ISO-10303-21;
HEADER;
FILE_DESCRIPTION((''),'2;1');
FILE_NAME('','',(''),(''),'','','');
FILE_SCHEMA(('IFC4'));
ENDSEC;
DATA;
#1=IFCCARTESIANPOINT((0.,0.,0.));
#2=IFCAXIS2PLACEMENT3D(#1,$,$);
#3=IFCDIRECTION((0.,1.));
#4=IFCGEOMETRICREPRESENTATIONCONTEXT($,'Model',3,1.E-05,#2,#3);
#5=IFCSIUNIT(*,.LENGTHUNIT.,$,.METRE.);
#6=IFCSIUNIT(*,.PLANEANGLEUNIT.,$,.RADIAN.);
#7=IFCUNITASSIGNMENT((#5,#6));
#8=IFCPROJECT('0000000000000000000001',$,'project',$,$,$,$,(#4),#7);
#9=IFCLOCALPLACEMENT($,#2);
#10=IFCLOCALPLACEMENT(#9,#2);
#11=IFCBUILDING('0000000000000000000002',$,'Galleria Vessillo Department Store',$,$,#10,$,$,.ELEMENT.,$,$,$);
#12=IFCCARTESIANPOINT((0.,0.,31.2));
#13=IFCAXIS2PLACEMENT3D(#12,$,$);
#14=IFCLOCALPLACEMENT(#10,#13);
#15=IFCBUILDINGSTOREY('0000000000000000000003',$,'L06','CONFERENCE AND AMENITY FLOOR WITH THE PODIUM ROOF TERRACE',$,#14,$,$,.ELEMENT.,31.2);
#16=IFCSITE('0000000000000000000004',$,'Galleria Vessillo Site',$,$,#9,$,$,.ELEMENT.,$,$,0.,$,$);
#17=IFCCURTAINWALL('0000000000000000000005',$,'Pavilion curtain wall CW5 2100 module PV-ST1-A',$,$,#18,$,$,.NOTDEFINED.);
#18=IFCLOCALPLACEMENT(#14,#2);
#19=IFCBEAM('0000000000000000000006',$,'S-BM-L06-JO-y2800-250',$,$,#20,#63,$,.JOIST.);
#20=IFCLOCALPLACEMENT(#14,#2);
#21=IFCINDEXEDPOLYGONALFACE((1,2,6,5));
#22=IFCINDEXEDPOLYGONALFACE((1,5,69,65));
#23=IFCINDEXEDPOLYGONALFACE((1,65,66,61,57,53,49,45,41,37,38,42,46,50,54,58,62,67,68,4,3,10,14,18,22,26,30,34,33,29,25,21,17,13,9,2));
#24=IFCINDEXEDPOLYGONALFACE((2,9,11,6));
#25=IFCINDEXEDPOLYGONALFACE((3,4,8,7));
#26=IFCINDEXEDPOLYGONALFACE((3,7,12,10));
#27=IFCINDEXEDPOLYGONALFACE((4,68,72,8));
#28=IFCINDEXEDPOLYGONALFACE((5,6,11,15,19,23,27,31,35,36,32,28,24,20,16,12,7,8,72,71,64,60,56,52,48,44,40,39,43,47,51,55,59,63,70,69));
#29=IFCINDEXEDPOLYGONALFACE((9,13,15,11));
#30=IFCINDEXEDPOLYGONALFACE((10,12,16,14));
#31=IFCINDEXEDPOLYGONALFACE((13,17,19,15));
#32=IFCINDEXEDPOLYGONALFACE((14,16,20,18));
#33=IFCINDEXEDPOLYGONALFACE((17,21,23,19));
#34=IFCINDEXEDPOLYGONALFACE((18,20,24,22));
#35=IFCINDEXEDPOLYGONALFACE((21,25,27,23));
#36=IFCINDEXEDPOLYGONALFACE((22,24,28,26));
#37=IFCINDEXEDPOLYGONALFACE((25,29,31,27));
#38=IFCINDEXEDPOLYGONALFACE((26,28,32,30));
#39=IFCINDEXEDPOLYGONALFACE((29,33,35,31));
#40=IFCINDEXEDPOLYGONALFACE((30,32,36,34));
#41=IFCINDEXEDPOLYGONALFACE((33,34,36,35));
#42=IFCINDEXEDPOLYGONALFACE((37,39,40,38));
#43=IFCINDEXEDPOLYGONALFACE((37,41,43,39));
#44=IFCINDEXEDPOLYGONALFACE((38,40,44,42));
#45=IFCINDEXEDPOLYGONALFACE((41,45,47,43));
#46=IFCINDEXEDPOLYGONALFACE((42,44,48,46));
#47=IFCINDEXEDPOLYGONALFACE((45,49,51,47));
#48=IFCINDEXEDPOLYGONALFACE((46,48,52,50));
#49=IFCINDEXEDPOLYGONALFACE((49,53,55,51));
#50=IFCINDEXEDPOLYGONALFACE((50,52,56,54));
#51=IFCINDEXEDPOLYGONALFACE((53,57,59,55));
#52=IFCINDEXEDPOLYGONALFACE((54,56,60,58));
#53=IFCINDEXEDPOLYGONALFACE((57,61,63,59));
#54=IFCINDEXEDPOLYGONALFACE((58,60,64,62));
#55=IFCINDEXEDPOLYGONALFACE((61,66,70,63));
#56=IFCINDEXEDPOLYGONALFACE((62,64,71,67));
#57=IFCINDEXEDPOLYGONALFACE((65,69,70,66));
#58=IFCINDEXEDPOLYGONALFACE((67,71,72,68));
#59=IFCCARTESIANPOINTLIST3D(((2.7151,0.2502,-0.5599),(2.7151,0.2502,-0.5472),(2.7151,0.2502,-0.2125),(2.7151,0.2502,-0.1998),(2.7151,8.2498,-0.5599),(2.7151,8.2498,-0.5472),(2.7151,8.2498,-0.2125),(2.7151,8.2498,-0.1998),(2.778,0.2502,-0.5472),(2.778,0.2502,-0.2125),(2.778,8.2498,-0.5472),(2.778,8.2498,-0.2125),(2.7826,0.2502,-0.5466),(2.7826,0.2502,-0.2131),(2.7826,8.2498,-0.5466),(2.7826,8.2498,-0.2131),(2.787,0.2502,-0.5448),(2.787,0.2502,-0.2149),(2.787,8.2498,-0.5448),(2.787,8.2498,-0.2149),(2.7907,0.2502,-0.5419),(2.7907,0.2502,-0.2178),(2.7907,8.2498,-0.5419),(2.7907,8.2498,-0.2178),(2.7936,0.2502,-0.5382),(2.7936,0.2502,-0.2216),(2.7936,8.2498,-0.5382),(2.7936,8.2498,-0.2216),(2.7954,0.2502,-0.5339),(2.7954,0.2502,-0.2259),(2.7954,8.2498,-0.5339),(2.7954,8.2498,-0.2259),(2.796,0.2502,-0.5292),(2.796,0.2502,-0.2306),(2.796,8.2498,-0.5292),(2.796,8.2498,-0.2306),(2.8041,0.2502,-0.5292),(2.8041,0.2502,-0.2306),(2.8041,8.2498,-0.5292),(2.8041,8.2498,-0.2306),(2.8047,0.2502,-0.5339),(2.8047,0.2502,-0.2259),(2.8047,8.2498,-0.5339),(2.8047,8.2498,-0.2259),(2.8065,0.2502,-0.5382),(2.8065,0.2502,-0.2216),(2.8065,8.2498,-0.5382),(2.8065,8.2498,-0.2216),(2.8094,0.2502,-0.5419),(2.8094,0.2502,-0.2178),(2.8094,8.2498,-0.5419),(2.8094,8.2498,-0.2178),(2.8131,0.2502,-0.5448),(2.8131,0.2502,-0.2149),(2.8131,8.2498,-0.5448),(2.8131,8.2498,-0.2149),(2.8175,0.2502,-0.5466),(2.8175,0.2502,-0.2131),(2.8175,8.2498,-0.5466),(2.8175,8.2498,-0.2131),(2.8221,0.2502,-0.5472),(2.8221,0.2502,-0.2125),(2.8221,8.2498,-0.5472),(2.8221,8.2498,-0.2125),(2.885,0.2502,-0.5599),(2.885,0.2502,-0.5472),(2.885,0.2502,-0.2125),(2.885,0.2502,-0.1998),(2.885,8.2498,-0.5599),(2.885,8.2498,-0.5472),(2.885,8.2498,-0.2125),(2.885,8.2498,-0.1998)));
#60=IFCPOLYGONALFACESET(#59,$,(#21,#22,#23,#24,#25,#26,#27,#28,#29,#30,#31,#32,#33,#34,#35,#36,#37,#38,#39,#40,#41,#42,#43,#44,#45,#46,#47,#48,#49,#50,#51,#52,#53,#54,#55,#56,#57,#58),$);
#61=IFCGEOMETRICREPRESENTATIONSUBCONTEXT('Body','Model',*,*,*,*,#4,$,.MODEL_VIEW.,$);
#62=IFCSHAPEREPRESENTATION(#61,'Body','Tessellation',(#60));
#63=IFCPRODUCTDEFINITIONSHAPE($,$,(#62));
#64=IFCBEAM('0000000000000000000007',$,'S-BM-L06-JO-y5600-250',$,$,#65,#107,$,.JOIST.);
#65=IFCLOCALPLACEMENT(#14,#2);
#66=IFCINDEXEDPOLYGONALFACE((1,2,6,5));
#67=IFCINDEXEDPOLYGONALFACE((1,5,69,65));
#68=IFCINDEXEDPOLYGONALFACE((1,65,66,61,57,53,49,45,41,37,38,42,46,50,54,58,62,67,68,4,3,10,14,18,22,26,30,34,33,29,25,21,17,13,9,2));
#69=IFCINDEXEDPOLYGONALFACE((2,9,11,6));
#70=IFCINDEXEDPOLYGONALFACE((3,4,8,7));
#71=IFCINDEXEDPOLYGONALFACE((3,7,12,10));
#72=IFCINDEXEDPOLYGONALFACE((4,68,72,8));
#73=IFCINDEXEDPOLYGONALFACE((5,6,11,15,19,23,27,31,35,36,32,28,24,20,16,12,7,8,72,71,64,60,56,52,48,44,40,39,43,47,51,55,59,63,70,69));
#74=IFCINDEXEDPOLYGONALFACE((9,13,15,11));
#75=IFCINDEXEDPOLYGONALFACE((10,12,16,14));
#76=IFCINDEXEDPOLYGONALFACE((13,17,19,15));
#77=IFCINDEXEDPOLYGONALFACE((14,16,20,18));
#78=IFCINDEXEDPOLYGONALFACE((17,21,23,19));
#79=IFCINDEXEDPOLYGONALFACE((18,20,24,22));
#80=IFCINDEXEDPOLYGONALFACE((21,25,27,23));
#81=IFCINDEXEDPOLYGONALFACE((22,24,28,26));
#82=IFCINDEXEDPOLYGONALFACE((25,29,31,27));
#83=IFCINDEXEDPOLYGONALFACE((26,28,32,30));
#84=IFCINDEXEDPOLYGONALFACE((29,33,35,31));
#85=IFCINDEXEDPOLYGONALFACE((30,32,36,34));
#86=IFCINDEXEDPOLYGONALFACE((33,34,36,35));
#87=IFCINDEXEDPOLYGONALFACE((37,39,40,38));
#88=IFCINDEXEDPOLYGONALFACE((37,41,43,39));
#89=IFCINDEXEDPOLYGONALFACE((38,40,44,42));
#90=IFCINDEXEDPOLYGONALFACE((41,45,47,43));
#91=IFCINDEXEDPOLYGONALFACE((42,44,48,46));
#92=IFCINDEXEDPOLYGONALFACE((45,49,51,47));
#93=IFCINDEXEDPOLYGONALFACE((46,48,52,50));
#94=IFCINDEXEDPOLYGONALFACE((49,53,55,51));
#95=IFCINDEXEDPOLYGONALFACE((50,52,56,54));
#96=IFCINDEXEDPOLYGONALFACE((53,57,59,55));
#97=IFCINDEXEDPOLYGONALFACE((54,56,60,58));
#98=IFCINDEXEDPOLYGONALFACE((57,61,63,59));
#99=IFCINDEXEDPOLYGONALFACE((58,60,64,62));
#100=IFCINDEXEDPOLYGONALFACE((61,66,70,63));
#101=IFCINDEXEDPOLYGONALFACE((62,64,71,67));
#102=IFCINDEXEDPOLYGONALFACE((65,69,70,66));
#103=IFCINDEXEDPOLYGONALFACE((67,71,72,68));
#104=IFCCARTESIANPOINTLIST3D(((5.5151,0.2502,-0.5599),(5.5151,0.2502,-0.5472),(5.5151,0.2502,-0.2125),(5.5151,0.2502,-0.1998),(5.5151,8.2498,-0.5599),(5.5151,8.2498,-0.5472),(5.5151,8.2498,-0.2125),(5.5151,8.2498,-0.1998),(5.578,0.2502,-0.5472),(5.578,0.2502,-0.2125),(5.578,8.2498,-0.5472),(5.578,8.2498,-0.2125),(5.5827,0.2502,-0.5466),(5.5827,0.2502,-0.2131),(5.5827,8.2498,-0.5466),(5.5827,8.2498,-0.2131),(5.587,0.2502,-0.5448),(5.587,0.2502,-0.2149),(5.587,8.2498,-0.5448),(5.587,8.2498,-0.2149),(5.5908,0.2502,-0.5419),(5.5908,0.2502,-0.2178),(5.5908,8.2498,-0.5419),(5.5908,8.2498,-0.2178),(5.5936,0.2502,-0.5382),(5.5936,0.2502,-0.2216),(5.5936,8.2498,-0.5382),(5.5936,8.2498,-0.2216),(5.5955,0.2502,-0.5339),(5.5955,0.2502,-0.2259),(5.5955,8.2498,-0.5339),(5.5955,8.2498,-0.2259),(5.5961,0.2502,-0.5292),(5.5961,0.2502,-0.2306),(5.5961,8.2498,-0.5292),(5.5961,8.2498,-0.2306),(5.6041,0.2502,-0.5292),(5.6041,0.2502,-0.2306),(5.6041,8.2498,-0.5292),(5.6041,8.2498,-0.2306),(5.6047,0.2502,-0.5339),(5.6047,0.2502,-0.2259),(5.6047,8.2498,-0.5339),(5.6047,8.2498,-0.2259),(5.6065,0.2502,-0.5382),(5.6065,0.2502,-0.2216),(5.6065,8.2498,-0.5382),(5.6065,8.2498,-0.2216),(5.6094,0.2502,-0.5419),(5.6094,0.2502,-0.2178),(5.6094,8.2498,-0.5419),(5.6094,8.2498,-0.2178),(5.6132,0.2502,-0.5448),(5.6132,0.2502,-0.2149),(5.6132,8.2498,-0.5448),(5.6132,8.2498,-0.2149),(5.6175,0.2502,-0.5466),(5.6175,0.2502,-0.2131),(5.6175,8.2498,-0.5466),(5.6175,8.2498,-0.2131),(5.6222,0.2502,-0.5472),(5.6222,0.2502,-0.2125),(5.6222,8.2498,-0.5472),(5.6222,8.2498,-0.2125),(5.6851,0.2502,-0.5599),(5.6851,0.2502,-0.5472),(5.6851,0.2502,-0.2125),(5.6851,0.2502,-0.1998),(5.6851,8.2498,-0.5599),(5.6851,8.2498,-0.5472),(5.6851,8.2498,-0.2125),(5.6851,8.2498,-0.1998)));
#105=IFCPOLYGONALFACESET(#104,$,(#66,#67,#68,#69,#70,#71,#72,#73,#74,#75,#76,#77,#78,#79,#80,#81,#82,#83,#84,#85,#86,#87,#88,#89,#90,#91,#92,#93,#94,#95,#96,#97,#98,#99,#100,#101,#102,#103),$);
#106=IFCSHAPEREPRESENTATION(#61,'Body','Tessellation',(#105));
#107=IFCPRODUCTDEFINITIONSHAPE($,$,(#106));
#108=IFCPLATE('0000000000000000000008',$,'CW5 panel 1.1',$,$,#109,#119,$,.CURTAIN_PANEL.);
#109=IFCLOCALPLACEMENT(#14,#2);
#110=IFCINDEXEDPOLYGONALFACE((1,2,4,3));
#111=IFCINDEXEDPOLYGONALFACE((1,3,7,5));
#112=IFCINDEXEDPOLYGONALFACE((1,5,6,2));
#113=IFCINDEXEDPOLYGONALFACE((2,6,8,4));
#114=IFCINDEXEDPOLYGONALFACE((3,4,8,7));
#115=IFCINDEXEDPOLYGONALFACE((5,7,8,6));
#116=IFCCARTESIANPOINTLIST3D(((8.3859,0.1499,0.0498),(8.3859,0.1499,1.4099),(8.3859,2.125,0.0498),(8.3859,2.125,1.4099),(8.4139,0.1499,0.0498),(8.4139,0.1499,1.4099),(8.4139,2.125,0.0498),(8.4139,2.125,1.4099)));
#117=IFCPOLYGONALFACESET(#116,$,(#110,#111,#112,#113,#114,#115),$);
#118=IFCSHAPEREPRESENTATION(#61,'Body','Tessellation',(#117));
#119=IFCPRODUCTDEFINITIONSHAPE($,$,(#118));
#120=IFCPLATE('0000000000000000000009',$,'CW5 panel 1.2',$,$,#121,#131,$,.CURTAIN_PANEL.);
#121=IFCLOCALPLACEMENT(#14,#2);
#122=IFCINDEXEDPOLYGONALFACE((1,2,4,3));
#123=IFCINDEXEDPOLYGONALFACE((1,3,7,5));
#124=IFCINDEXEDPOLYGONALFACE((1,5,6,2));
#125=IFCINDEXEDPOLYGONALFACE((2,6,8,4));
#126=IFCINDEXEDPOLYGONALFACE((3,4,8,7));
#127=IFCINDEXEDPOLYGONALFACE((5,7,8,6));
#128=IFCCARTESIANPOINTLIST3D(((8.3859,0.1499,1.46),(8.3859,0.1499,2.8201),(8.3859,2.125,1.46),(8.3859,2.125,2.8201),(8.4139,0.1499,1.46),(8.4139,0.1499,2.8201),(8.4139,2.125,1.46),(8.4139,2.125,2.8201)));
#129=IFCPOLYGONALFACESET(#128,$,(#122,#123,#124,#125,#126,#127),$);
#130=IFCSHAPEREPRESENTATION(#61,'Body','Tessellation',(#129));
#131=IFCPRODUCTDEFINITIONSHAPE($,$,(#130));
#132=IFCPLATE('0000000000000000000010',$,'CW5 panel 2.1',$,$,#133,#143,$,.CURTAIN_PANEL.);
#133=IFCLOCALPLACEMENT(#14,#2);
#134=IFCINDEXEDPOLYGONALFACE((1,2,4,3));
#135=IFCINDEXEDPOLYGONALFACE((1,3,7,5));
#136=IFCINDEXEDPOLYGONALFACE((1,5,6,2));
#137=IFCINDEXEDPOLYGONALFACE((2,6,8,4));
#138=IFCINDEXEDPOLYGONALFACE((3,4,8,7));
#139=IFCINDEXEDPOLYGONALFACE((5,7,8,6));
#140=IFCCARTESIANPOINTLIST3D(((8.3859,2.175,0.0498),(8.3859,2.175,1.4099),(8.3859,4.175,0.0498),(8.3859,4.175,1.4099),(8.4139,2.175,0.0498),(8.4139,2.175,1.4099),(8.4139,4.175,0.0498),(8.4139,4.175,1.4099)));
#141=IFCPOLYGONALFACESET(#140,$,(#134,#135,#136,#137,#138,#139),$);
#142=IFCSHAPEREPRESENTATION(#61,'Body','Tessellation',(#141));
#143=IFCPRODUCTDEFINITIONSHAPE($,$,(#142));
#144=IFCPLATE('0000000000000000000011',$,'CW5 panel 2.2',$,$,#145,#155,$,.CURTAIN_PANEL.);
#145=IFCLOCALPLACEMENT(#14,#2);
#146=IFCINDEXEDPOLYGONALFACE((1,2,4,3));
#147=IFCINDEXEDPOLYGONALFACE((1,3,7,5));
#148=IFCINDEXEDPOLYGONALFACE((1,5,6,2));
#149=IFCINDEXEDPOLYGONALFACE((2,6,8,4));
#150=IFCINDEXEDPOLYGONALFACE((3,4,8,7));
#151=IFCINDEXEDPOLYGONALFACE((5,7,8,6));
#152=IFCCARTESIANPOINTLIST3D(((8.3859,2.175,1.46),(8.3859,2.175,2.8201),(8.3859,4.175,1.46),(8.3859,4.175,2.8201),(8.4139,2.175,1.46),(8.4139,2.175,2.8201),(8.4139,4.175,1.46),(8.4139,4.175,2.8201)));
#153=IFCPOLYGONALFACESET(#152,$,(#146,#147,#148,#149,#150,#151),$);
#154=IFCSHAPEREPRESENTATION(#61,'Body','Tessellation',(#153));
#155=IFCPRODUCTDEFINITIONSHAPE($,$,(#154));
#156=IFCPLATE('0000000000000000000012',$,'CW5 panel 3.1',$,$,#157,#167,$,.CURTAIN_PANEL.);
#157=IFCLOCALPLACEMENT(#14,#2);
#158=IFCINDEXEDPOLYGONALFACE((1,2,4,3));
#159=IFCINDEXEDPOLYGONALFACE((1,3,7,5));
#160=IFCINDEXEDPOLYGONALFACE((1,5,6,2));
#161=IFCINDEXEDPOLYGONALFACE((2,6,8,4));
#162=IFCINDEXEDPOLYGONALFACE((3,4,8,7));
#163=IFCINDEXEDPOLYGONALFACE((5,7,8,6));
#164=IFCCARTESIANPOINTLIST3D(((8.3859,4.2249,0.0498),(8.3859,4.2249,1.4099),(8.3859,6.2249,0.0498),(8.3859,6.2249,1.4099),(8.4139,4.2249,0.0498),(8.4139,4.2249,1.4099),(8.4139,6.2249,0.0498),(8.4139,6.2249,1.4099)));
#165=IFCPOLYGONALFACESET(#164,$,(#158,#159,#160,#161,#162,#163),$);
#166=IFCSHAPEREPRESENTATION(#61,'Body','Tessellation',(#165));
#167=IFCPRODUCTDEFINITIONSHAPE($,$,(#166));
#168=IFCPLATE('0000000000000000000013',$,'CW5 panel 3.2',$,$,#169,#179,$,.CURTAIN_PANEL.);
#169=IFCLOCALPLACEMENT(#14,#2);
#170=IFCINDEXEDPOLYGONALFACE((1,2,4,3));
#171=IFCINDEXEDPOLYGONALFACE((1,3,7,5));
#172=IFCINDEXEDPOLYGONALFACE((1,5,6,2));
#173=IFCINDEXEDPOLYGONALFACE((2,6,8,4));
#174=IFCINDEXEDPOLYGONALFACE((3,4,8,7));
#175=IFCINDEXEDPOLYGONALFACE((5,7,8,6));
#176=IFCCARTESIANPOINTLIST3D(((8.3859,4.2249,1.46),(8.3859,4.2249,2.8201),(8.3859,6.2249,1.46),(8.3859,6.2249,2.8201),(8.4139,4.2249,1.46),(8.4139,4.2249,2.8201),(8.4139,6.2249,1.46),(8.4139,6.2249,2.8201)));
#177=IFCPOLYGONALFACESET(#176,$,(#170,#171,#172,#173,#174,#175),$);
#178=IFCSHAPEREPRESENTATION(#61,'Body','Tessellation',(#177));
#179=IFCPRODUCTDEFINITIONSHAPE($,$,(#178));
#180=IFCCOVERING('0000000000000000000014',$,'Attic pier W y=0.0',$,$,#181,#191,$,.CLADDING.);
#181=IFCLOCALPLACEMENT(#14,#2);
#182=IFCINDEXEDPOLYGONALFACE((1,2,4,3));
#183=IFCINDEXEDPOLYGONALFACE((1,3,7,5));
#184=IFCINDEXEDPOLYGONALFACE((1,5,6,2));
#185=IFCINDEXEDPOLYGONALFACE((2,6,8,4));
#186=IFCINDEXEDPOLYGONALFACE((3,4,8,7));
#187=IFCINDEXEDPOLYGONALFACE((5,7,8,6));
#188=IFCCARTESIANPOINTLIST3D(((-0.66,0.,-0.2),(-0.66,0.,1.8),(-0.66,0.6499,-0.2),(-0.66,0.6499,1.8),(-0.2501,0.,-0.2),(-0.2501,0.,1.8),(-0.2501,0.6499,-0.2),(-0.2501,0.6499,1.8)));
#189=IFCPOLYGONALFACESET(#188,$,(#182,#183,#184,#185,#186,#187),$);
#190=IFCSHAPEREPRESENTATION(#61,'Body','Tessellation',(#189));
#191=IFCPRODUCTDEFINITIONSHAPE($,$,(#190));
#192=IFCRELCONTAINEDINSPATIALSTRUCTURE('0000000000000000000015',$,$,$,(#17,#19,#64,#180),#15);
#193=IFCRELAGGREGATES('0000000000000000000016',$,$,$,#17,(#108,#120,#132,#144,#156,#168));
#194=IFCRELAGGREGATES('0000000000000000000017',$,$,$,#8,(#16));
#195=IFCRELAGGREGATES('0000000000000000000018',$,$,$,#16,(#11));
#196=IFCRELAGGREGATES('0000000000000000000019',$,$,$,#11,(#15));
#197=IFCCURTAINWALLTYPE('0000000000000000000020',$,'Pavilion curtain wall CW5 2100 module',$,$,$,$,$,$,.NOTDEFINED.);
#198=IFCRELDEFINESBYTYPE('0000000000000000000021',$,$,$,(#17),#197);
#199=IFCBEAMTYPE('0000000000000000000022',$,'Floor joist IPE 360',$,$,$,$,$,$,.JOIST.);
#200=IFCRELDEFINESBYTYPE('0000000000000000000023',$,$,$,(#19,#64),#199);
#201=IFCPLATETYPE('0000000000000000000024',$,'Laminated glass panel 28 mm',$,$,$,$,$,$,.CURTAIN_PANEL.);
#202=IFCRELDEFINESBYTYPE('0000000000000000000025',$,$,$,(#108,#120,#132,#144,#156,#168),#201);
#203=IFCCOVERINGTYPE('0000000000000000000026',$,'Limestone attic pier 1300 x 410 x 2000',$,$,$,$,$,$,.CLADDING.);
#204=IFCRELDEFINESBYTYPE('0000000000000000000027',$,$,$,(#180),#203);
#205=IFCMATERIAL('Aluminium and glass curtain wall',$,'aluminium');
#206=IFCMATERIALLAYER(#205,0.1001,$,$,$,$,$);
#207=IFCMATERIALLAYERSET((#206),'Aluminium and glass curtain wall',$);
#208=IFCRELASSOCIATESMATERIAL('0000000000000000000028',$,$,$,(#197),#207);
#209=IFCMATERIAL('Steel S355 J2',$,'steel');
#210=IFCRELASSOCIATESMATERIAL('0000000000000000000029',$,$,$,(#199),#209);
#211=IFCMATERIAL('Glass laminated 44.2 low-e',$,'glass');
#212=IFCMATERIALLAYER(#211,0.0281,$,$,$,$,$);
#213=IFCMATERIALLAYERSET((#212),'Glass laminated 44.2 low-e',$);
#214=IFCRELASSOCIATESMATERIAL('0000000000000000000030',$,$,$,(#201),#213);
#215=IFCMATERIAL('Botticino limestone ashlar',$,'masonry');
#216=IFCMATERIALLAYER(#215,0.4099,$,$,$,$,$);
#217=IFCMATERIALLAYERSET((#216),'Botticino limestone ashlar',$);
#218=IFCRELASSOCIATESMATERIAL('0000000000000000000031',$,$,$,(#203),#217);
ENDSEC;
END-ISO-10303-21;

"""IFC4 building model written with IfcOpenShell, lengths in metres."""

from ifc_helpers import new_model, si_unit, direction, frame, origin, origin_2d, place, context, subcontext, project, spatial, rectangle, i_section, extrude, material, layer, layer_set, material_profile, profile_set, type_object, element, aggregate, save


model = new_model("IFC4")

# Units and contexts
model_context = context("Model", 3, precision=1e-05, world=origin(), true_north=direction((0.0, 1.0)))
body_context = subcontext(model_context, "Body", "Model", "MODEL_VIEW")
ifc_project = project(units=[si_unit("LENGTHUNIT", "METRE"), si_unit("PLANEANGLEUNIT", "RADIAN")], contexts=[model_context])

# Site, building, storey
site_placement = place(None, origin())
site = spatial("IfcSite", under=ifc_project, at=site_placement, Name="Galleria Vessillo Site", CompositionType="ELEMENT", RefElevation=0.0)
building_placement = place(site_placement, origin())
building = spatial("IfcBuilding", under=site, at=building_placement, Name="Galleria Vessillo Department Store", CompositionType="ELEMENT")
storey_placement = place(building_placement, frame((0.0, 0.0, 31.2)))
storey = spatial("IfcBuildingStorey", under=building, at=storey_placement, Name="L06", Description="CONFERENCE AND AMENITY FLOOR WITH THE PODIUM ROOF TERRACE", CompositionType="ELEMENT", Elevation=31.2)

# Curtain wall
ifc_material_1 = material(Name="Aluminium and glass curtain wall", Category="aluminium")
ifc_layer_1 = layer(ifc_material_1, 0.1001)
ifc_layer_set_1 = layer_set([ifc_layer_1], Name="Aluminium and glass curtain wall")
curtain_wall_type = type_object("IfcCurtainWallType", Name="Pavilion curtain wall CW5 2100 module", PredefinedType="NOTDEFINED", material=ifc_layer_set_1)
curtain_wall_placement = place(storey_placement, origin())
curtain_wall = element("IfcCurtainWall", 1, at=curtain_wall_placement, inside=storey, type_object=curtain_wall_type, Name="Pavilion curtain wall CW5 2100 module PV-ST1-A", PredefinedType="NOTDEFINED")

# Beams
ifc_material_2 = material(Name="Steel S355 J2", Category="steel")
ifc_material_profile_1 = material_profile(ifc_material_2, i_section(OverallWidth=0.1699, OverallDepth=0.3601, WebThickness=0.0081, FlangeThickness=0.0127, FilletRadius=0.0181, at=origin_2d()), Name="IPE 360")
ifc_profile_set_1 = profile_set([ifc_material_profile_1], Name="Steel S355 J2")
beam_type = type_object("IfcBeamType", Name="Floor joist IPE 360", PredefinedType="JOIST", material=ifc_profile_set_1)
for number, where, z_axis, x_axis, name in (
    (2, (2.8, 0.2502, -0.3799), (0.0, 1.0, 0.0), (-1.0, 0.0, 0.0), "S-BM-L06-JO-y2800-250"),
    (3, (5.6001, 0.2502, -0.3799), (0.0, 1.0, 0.0), (-1.0, 0.0, 0.0), "S-BM-L06-JO-y5600-250"),
):
    element("IfcBeam", number, at=place(storey_placement, frame(where, z_axis=z_axis, x_axis=x_axis)), inside=storey, type_object=beam_type, Name=name, PredefinedType="JOIST", context=body_context, shape_type="SweptSolid", body=[
        extrude(i_section(OverallWidth=0.1699, OverallDepth=0.3601, WebThickness=0.0081, FlangeThickness=0.0127, FilletRadius=0.0181, at=origin_2d()), origin(), (0.0, 0.0, 1.0), 7.9995),
    ])

# Plates
ifc_material_3 = material(Name="Glass laminated 44.2 low-e", Category="glass")
ifc_layer_2 = layer(ifc_material_3, 0.0281)
ifc_layer_set_2 = layer_set([ifc_layer_2], Name="Glass laminated 44.2 low-e")
plate_type = type_object("IfcPlateType", Name="Laminated glass panel 28 mm", PredefinedType="CURTAIN_PANEL", material=ifc_layer_set_2)
plate_1_placement = place(storey_placement, frame((8.3999, 1.1375, 0.0498), z_axis=(0.0, 0.0, 1.0), x_axis=(0.0, 1.0, 0.0)))
plate_1 = element("IfcPlate", 4, at=plate_1_placement, type_object=plate_type, Name="CW5 panel 1.1", PredefinedType="CURTAIN_PANEL", context=body_context, shape_type="SweptSolid", body=[
    extrude(rectangle(XDim=1.9751, YDim=0.0281, at=origin_2d()), origin(), (0.0, 0.0, 1.0), 1.3601),
])
plate_2_placement = place(storey_placement, frame((8.3999, 1.1375, 1.46), z_axis=(0.0, 0.0, 1.0), x_axis=(0.0, 1.0, 0.0)))
plate_2 = element("IfcPlate", 5, at=plate_2_placement, type_object=plate_type, Name="CW5 panel 1.2", PredefinedType="CURTAIN_PANEL", context=body_context, shape_type="SweptSolid", body=[
    extrude(rectangle(XDim=1.9751, YDim=0.0281, at=origin_2d()), origin(), (0.0, 0.0, 1.0), 1.3601),
])
plate_3_placement = place(storey_placement, frame((8.3999, 3.175, 0.0498), z_axis=(0.0, 0.0, 1.0), x_axis=(0.0, 1.0, 0.0)))
plate_3 = element("IfcPlate", 6, at=plate_3_placement, type_object=plate_type, Name="CW5 panel 2.1", PredefinedType="CURTAIN_PANEL", context=body_context, shape_type="SweptSolid", body=[
    extrude(rectangle(XDim=2.0, YDim=0.0281, at=origin_2d()), origin(), (0.0, 0.0, 1.0), 1.3601),
])
plate_4_placement = place(storey_placement, frame((8.3999, 3.175, 1.46), z_axis=(0.0, 0.0, 1.0), x_axis=(0.0, 1.0, 0.0)))
plate_4 = element("IfcPlate", 7, at=plate_4_placement, type_object=plate_type, Name="CW5 panel 2.2", PredefinedType="CURTAIN_PANEL", context=body_context, shape_type="SweptSolid", body=[
    extrude(rectangle(XDim=2.0, YDim=0.0281, at=origin_2d()), origin(), (0.0, 0.0, 1.0), 1.3601),
])
plate_5_placement = place(storey_placement, frame((8.3999, 5.2249, 0.0498), z_axis=(0.0, 0.0, 1.0), x_axis=(0.0, 1.0, 0.0)))
plate_5 = element("IfcPlate", 8, at=plate_5_placement, type_object=plate_type, Name="CW5 panel 3.1", PredefinedType="CURTAIN_PANEL", context=body_context, shape_type="SweptSolid", body=[
    extrude(rectangle(XDim=2.0, YDim=0.0281, at=origin_2d()), origin(), (0.0, 0.0, 1.0), 1.3601),
])
plate_6_placement = place(storey_placement, frame((8.3999, 5.2249, 1.46), z_axis=(0.0, 0.0, 1.0), x_axis=(0.0, 1.0, 0.0)))
plate_6 = element("IfcPlate", 9, at=plate_6_placement, type_object=plate_type, Name="CW5 panel 3.2", PredefinedType="CURTAIN_PANEL", context=body_context, shape_type="SweptSolid", body=[
    extrude(rectangle(XDim=2.0, YDim=0.0281, at=origin_2d()), origin(), (0.0, 0.0, 1.0), 1.3601),
])
aggregate(curtain_wall, [plate_1, plate_2, plate_3, plate_4, plate_5, plate_6])

# Covering
ifc_material_4 = material(Name="Botticino limestone ashlar", Category="masonry")
ifc_layer_3 = layer(ifc_material_4, 0.4099)
ifc_layer_set_3 = layer_set([ifc_layer_3], Name="Botticino limestone ashlar")
covering_type_1 = type_object("IfcCoveringType", Name="Limestone attic pier 1300 x 410 x 2000", PredefinedType="CLADDING", material=ifc_layer_set_3)
covering_1_placement = place(storey_placement, frame((-0.4551, 0.325, -0.2), z_axis=(0.0, 0.0, 1.0), x_axis=(1.0, 0.0, 0.0)))
element("IfcCovering", 10, at=covering_1_placement, inside=storey, type_object=covering_type_1, Name="Attic pier W y=0.0", PredefinedType="CLADDING", context=body_context, shape_type="SweptSolid", body=[
    extrude(rectangle(XDim=0.4099, YDim=0.6499, at=origin_2d()), origin(), (0.0, 0.0, 1.0), 2.0),
])

save(model, "model.ifc")
